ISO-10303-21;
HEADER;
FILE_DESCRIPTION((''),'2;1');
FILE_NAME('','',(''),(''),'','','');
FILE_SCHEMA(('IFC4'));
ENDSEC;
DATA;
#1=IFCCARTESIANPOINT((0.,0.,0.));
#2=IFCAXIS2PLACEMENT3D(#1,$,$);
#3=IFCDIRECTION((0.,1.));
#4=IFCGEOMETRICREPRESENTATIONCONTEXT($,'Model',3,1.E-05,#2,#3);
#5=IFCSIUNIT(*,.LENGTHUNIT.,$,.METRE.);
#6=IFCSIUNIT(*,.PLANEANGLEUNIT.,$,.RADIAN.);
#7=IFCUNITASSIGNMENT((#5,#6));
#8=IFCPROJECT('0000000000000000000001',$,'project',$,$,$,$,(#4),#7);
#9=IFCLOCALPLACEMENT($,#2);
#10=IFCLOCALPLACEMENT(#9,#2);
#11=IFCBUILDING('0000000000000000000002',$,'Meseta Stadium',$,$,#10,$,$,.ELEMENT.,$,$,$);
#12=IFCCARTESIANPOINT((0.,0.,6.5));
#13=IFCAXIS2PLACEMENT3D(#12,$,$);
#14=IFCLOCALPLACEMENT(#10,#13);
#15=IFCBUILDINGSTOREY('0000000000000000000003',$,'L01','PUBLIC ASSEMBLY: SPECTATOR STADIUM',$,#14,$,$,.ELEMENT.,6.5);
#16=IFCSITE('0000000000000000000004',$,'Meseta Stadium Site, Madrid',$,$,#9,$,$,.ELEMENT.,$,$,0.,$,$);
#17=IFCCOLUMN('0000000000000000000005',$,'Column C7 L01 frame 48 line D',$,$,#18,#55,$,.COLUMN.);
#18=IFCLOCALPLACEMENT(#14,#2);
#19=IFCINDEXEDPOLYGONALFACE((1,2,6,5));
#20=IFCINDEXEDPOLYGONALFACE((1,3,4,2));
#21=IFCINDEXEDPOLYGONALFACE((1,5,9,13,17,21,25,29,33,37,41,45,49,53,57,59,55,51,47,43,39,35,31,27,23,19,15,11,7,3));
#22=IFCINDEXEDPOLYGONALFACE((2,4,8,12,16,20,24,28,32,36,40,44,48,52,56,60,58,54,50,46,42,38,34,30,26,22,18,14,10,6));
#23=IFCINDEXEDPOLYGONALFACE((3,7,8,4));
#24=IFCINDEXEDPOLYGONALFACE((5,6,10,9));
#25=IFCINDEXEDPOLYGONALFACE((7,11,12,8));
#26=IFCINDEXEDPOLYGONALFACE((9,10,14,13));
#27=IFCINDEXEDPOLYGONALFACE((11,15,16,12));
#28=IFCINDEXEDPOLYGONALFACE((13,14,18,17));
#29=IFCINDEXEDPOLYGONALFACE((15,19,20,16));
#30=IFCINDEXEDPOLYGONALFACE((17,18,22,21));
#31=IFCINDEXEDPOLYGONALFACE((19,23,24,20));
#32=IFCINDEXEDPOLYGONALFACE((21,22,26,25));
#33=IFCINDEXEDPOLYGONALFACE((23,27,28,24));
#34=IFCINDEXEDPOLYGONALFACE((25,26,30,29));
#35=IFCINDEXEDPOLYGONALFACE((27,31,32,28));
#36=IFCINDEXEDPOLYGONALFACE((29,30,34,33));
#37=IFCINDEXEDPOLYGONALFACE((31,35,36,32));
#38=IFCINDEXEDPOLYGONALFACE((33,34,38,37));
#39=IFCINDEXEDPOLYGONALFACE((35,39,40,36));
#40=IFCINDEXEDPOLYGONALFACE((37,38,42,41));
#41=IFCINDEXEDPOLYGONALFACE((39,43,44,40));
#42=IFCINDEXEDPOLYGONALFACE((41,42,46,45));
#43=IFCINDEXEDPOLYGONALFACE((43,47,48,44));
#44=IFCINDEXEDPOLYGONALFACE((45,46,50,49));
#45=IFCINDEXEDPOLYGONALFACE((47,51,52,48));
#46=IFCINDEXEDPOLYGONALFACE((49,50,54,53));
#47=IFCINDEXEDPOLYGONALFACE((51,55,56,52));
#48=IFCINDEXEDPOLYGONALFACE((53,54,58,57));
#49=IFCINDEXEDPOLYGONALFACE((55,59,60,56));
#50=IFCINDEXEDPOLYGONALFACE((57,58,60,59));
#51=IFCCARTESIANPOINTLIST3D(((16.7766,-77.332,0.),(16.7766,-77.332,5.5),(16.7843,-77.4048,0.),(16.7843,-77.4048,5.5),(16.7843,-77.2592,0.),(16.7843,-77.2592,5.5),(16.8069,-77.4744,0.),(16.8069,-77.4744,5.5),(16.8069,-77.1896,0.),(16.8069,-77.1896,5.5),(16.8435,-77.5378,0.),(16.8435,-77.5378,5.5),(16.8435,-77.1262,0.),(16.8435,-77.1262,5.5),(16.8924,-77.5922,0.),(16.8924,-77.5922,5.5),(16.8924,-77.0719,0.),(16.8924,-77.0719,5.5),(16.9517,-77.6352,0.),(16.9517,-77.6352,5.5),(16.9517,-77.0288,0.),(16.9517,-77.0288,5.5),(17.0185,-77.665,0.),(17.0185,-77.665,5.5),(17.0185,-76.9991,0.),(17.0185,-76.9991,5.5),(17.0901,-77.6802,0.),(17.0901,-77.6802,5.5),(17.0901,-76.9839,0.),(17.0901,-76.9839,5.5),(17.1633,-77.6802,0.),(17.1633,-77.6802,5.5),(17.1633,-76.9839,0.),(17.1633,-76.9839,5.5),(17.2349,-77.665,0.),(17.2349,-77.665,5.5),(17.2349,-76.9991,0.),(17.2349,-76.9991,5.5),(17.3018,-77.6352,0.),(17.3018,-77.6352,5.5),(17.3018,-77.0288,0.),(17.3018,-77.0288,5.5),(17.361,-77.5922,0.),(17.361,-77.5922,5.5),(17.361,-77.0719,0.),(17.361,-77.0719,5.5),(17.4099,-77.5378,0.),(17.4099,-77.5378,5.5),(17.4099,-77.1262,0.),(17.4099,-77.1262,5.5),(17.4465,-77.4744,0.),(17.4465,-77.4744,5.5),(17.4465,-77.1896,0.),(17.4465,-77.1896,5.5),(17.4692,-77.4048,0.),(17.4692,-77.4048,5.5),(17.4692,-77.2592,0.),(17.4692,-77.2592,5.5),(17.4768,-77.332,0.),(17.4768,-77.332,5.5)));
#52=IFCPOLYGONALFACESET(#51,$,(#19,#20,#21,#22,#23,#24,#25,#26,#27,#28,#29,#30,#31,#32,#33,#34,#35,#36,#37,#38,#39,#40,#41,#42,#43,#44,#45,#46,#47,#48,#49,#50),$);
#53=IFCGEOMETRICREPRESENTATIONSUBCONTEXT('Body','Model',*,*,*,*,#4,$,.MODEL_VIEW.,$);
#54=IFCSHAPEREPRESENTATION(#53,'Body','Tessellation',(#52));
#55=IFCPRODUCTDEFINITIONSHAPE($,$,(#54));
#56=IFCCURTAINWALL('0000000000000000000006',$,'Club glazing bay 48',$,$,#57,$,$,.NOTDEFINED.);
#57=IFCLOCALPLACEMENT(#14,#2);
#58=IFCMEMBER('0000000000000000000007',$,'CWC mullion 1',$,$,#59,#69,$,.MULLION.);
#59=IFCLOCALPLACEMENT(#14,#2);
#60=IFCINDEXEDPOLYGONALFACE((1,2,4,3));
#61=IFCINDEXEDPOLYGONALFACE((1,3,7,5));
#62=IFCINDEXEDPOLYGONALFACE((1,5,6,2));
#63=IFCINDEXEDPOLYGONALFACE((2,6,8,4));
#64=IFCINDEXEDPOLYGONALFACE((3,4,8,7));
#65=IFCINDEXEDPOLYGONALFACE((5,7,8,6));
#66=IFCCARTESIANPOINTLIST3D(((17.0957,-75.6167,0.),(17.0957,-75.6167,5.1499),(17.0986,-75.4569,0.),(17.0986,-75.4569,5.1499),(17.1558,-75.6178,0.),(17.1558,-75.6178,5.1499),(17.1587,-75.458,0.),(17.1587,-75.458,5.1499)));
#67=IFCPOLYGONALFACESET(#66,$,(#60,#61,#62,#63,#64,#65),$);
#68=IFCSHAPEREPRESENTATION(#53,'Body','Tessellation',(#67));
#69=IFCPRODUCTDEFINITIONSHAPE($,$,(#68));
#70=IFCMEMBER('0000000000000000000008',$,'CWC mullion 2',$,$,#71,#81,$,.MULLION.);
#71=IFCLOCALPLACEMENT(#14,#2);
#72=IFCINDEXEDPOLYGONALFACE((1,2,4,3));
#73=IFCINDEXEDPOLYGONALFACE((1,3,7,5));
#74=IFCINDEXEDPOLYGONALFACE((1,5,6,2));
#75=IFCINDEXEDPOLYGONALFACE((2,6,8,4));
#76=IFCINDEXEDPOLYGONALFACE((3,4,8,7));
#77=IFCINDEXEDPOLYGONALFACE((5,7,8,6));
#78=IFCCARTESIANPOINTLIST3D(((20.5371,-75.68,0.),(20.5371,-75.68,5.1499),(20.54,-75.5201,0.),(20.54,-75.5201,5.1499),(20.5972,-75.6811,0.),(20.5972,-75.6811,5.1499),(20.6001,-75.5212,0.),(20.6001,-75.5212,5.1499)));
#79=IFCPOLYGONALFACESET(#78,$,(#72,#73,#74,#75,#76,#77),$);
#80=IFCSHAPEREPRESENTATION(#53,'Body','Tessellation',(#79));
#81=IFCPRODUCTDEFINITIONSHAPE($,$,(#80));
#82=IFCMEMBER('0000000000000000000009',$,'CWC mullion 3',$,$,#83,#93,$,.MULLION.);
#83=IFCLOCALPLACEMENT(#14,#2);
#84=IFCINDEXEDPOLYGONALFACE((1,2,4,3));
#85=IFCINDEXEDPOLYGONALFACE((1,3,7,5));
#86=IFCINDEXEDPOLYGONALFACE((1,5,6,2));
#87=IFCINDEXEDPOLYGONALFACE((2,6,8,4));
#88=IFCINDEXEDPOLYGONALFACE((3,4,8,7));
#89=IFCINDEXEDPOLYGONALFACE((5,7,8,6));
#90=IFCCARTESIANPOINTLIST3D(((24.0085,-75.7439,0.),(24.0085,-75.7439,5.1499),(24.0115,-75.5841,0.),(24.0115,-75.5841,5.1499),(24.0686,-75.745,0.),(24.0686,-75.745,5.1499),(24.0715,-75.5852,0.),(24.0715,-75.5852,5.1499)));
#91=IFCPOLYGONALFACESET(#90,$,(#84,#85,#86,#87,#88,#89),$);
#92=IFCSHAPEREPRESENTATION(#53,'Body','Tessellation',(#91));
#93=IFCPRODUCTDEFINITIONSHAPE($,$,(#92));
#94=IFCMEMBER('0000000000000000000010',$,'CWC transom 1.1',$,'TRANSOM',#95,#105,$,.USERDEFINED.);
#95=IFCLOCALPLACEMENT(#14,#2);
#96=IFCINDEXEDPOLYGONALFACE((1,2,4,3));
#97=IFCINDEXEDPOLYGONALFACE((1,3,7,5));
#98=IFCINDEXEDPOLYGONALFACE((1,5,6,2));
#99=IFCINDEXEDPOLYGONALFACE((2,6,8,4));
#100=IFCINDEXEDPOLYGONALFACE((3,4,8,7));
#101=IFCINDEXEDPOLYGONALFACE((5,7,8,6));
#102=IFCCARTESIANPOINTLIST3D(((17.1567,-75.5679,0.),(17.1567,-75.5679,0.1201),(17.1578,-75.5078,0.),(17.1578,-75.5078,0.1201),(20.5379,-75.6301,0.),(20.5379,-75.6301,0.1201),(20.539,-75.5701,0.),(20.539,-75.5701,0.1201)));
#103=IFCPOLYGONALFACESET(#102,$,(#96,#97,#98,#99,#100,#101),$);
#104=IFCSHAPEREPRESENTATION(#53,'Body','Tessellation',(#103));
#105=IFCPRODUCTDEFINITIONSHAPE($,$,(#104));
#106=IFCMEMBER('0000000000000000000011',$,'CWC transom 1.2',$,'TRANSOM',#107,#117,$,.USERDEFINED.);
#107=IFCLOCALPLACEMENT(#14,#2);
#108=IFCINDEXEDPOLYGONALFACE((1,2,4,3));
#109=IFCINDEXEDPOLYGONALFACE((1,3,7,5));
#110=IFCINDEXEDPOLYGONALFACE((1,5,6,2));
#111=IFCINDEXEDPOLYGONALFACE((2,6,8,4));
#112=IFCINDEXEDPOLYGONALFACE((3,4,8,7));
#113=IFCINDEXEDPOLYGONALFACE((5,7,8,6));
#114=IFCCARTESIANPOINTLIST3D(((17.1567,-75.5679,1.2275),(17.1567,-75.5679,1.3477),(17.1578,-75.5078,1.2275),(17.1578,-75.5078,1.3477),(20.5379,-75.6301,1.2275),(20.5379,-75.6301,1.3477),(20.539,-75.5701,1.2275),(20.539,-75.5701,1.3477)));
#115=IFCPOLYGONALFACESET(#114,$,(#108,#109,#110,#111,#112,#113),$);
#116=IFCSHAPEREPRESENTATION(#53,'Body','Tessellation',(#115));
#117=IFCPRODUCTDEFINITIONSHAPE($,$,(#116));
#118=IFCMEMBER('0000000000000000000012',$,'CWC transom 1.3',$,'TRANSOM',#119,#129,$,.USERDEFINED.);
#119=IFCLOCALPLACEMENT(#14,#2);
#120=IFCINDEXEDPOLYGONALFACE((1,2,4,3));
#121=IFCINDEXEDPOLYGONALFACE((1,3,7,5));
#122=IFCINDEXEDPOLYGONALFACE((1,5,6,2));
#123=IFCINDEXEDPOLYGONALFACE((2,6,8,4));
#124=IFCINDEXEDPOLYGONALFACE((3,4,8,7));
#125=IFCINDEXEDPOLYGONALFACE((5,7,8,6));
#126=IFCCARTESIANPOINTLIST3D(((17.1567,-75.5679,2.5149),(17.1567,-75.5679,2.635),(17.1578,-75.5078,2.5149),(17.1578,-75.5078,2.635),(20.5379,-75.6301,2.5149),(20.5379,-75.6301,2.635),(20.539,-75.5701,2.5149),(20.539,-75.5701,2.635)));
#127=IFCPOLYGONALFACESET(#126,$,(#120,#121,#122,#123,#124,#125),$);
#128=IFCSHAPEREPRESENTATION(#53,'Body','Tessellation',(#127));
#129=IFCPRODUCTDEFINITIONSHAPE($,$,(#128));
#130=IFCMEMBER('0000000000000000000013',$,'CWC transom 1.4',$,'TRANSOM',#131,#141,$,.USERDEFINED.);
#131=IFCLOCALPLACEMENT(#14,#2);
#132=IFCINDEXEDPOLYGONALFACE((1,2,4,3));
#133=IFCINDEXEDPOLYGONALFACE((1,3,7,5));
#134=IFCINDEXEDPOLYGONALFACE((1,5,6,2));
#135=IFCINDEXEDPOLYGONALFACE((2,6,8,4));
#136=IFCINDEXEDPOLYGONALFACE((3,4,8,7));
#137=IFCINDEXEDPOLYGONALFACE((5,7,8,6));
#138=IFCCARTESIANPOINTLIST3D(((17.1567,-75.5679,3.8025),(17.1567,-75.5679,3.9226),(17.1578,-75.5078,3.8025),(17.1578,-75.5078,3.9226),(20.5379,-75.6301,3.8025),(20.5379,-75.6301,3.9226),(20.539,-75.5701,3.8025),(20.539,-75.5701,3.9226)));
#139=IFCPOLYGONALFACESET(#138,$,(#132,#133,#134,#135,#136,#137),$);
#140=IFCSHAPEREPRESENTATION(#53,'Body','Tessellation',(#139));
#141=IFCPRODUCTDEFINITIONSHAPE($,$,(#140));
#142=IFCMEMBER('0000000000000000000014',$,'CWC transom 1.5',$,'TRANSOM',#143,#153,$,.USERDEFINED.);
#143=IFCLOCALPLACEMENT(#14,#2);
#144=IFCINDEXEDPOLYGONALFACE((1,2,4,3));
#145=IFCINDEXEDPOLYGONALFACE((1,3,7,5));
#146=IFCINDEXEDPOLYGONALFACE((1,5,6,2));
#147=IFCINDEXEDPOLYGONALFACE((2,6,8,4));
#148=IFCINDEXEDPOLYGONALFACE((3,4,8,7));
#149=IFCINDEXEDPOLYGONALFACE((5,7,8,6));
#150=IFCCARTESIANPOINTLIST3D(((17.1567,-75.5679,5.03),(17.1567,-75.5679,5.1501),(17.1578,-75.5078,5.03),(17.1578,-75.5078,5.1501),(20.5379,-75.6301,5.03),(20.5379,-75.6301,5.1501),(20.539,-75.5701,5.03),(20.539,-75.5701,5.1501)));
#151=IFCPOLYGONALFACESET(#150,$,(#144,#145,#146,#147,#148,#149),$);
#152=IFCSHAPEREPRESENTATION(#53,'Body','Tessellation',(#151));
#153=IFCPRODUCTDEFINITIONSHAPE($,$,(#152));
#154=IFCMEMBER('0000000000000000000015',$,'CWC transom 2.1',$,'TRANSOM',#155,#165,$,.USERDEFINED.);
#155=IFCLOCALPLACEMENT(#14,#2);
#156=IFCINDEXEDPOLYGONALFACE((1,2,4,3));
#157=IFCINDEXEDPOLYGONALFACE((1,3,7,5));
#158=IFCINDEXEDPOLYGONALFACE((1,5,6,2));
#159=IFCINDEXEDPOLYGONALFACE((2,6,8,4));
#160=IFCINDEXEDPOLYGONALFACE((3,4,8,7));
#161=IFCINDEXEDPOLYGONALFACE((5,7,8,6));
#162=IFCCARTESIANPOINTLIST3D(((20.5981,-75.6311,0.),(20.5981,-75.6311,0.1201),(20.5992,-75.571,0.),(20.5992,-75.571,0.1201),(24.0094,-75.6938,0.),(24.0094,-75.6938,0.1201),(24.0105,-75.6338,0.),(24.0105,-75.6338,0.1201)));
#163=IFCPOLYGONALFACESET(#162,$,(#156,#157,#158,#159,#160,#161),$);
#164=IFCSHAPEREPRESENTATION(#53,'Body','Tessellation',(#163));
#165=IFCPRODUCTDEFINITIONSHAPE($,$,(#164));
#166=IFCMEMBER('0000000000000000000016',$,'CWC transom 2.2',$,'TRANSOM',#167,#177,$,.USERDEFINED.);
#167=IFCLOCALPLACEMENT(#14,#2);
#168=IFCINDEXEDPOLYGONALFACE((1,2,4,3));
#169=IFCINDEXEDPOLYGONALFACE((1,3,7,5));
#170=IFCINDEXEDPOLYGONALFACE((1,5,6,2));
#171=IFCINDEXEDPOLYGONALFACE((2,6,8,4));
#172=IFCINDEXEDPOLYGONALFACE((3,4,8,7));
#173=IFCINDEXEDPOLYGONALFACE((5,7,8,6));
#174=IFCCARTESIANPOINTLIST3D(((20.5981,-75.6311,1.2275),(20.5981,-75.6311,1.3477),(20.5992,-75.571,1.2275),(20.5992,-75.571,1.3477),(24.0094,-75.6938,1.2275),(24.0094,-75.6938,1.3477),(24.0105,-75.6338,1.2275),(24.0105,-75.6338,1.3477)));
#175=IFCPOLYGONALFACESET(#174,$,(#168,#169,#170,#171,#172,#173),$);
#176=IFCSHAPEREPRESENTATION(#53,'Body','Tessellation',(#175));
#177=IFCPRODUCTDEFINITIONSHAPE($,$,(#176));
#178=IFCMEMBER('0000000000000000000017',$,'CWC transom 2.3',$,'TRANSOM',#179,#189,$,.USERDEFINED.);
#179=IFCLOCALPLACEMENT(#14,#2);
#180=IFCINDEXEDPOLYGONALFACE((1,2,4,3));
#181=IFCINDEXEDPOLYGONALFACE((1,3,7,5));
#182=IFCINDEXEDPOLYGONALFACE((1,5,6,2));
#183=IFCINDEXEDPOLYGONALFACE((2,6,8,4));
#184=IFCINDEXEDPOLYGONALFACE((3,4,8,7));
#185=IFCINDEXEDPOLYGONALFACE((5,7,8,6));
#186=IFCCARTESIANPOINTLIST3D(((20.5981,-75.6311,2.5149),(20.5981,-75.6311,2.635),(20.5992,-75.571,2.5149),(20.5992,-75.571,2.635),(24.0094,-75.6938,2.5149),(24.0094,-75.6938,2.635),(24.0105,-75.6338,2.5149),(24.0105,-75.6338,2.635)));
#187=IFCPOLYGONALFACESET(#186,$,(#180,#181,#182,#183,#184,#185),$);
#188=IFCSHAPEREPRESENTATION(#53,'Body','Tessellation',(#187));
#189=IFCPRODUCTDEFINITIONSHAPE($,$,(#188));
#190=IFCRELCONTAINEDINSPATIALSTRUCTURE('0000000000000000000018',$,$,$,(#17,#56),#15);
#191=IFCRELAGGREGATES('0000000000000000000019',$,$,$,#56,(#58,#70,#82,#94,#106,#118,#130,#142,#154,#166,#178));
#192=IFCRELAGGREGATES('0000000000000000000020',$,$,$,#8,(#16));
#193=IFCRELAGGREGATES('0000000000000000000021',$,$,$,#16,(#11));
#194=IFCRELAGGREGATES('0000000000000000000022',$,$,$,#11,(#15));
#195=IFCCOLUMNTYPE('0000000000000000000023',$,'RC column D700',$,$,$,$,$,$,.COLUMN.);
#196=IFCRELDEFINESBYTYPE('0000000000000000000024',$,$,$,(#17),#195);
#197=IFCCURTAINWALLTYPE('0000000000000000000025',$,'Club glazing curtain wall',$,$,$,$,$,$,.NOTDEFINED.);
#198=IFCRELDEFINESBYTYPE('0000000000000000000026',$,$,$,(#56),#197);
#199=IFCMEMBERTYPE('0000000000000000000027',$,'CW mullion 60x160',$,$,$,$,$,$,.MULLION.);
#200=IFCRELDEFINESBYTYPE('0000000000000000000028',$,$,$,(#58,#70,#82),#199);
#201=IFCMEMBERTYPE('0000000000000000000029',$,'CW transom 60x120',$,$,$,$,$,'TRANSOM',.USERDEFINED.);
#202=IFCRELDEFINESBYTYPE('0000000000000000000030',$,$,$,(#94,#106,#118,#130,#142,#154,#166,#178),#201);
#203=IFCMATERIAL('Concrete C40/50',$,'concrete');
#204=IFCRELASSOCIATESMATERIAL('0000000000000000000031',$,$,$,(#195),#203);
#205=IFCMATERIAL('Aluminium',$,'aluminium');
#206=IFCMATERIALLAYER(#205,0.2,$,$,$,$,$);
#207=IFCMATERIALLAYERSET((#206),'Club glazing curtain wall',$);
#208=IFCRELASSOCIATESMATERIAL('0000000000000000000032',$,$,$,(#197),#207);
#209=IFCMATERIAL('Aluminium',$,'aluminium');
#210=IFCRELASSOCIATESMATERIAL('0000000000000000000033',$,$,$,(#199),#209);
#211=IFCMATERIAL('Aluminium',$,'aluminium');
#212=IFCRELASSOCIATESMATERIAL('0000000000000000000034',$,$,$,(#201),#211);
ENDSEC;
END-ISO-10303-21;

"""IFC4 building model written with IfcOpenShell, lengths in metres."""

from ifc_helpers import new_model, si_unit, direction, frame, origin, origin_2d, place, context, subcontext, project, spatial, rectangle, circle, extrude, material, layer, layer_set, material_profile, profile_set, type_object, element, aggregate, save


model = new_model("IFC4")

# Units and contexts
model_context = context("Model", 3, precision=1e-05, world=origin(), true_north=direction((0.0, 1.0)))
body_context = subcontext(model_context, "Body", "Model", "MODEL_VIEW")
ifc_project = project(units=[si_unit("LENGTHUNIT", "METRE"), si_unit("PLANEANGLEUNIT", "RADIAN")], contexts=[model_context])

# Site, building, storey
site_placement = place(None, origin())
site = spatial("IfcSite", under=ifc_project, at=site_placement, Name="Meseta Stadium Site, Madrid", CompositionType="ELEMENT", RefElevation=0.0)
building_placement = place(site_placement, origin())
building = spatial("IfcBuilding", under=site, at=building_placement, Name="Meseta Stadium", CompositionType="ELEMENT")
storey_placement = place(building_placement, frame((0.0, 0.0, 6.5)))
storey = spatial("IfcBuildingStorey", under=building, at=storey_placement, Name="L01", Description="PUBLIC ASSEMBLY: SPECTATOR STADIUM", CompositionType="ELEMENT", Elevation=6.5)

# Column
ifc_material_1 = material(Name="Concrete C40/50", Category="concrete")
ifc_material_profile_1 = material_profile(ifc_material_1, circle(Radius=0.3501, at=origin_2d()), Name="RC D700")
ifc_profile_set_1 = profile_set([ifc_material_profile_1], Name="Concrete C40/50")
column_type = type_object("IfcColumnType", Name="RC column D700", PredefinedType="COLUMN", material=ifc_profile_set_1)
column_placement = place(storey_placement, frame((17.1267, -77.332, 0.0), z_axis=(0.0, 0.0, 1.0), x_axis=(1.0, 0.0, 0.0)))
element("IfcColumn", 1, at=column_placement, inside=storey, type_object=column_type, Name="Column C7 L01 frame 48 line D", PredefinedType="COLUMN", context=body_context, shape_type="SweptSolid", body=[
    extrude(circle(Radius=0.3501, at=origin_2d()), origin(), (0.0, 0.0, 1.0), 5.5),
])

# Curtain wall, members
ifc_material_2 = material(Name="Aluminium", Category="aluminium")
ifc_layer_1 = layer(ifc_material_2, 0.2)
ifc_layer_set_1 = layer_set([ifc_layer_1], Name="Club glazing curtain wall")
curtain_wall_type = type_object("IfcCurtainWallType", Name="Club glazing curtain wall", PredefinedType="NOTDEFINED", material=ifc_layer_set_1)
curtain_wall_placement = place(storey_placement, origin())
curtain_wall = element("IfcCurtainWall", 2, at=curtain_wall_placement, inside=storey, type_object=curtain_wall_type, Name="Club glazing bay 48", PredefinedType="NOTDEFINED")
ifc_material_3 = material(Name="Aluminium", Category="aluminium")
ifc_material_profile_2 = material_profile(ifc_material_3, rectangle(XDim=0.1599, YDim=0.0601, at=origin_2d()), Name="CW 160x60")
ifc_profile_set_2 = profile_set([ifc_material_profile_2], Name="Aluminium")
member_type_1 = type_object("IfcMemberType", Name="CW mullion 60x160", PredefinedType="MULLION", material=ifc_profile_set_2)
member_1_placement = place(storey_placement, frame((17.1272, -75.5374, 0.0), z_axis=(0.0, 0.0, 1.0), x_axis=(0.018384, 0.999831, 0.0)))
member_1 = element("IfcMember", 3, at=member_1_placement, type_object=member_type_1, Name="CWC mullion 1", PredefinedType="MULLION", context=body_context, shape_type="SweptSolid", body=[
    extrude(rectangle(XDim=0.1599, YDim=0.0601, at=origin_2d()), origin(), (0.0, 0.0, 1.0), 5.1499),
])
member_2_placement = place(storey_placement, frame((20.5686, -75.6006, 0.0), z_axis=(0.0, 0.0, 1.0), x_axis=(0.018384, 0.999831, 0.0)))
member_2 = element("IfcMember", 4, at=member_2_placement, type_object=member_type_1, Name="CWC mullion 2", PredefinedType="MULLION", context=body_context, shape_type="SweptSolid", body=[
    extrude(rectangle(XDim=0.1599, YDim=0.0601, at=origin_2d()), origin(), (0.0, 0.0, 1.0), 5.1499),
])
member_3_placement = place(storey_placement, frame((24.04, -75.6646, 0.0), z_axis=(0.0, 0.0, 1.0), x_axis=(0.018384, 0.999831, 0.0)))
member_3 = element("IfcMember", 5, at=member_3_placement, type_object=member_type_1, Name="CWC mullion 3", PredefinedType="MULLION", context=body_context, shape_type="SweptSolid", body=[
    extrude(rectangle(XDim=0.1599, YDim=0.0601, at=origin_2d()), origin(), (0.0, 0.0, 1.0), 5.1499),
])
ifc_material_4 = material(Name="Aluminium", Category="aluminium")
ifc_material_profile_3 = material_profile(ifc_material_4, rectangle(XDim=0.0601, YDim=0.1201, at=origin_2d()), Name="CW 60x120")
ifc_profile_set_3 = profile_set([ifc_material_profile_3], Name="Aluminium")
member_type_2 = type_object("IfcMemberType", Name="CW transom 60x120", ElementType="TRANSOM", PredefinedType="USERDEFINED", material=ifc_profile_set_3)
member_4_placement = place(storey_placement, frame((17.1572, -75.5378, 0.0601), z_axis=(0.999831, -0.018408, 0.0), x_axis=(0.018408, 0.999831, 0.0)))
member_4 = element("IfcMember", 6, at=member_4_placement, type_object=member_type_2, Name="CWC transom 1.1", ObjectType="TRANSOM", PredefinedType="USERDEFINED", context=body_context, shape_type="SweptSolid", body=[
    extrude(rectangle(XDim=0.0601, YDim=0.1201, at=origin_2d()), origin(), (0.0, 0.0, 1.0), 3.3818),
])
member_5_placement = place(storey_placement, frame((17.1572, -75.5378, 1.2876), z_axis=(0.999831, -0.018408, 0.0), x_axis=(0.018408, 0.999831, 0.0)))
member_5 = element("IfcMember", 7, at=member_5_placement, type_object=member_type_2, Name="CWC transom 1.2", ObjectType="TRANSOM", PredefinedType="USERDEFINED", context=body_context, shape_type="SweptSolid", body=[
    extrude(rectangle(XDim=0.0601, YDim=0.1201, at=origin_2d()), origin(), (0.0, 0.0, 1.0), 3.3818),
])
member_6_placement = place(storey_placement, frame((17.1572, -75.5378, 2.575), z_axis=(0.999831, -0.018408, 0.0), x_axis=(0.018408, 0.999831, 0.0)))
member_6 = element("IfcMember", 8, at=member_6_placement, type_object=member_type_2, Name="CWC transom 1.3", ObjectType="TRANSOM", PredefinedType="USERDEFINED", context=body_context, shape_type="SweptSolid", body=[
    extrude(rectangle(XDim=0.0601, YDim=0.1201, at=origin_2d()), origin(), (0.0, 0.0, 1.0), 3.3818),
])
member_7_placement = place(storey_placement, frame((17.1572, -75.5378, 3.8625), z_axis=(0.999831, -0.018408, 0.0), x_axis=(0.018408, 0.999831, 0.0)))
member_7 = element("IfcMember", 9, at=member_7_placement, type_object=member_type_2, Name="CWC transom 1.4", ObjectType="TRANSOM", PredefinedType="USERDEFINED", context=body_context, shape_type="SweptSolid", body=[
    extrude(rectangle(XDim=0.0601, YDim=0.1201, at=origin_2d()), origin(), (0.0, 0.0, 1.0), 3.3818),
])
member_8_placement = place(storey_placement, frame((17.1572, -75.5378, 5.0901), z_axis=(0.999831, -0.018408, 0.0), x_axis=(0.018408, 0.999831, 0.0)))
member_8 = element("IfcMember", 10, at=member_8_placement, type_object=member_type_2, Name="CWC transom 1.5", ObjectType="TRANSOM", PredefinedType="USERDEFINED", context=body_context, shape_type="SweptSolid", body=[
    extrude(rectangle(XDim=0.0601, YDim=0.1201, at=origin_2d()), origin(), (0.0, 0.0, 1.0), 3.3818),
])
member_9_placement = place(storey_placement, frame((20.5986, -75.6011, 0.0601), z_axis=(0.999831, -0.01839, 0.0), x_axis=(0.01839, 0.999831, 0.0)))
member_9 = element("IfcMember", 11, at=member_9_placement, type_object=member_type_2, Name="CWC transom 2.1", ObjectType="TRANSOM", PredefinedType="USERDEFINED", context=body_context, shape_type="SweptSolid", body=[
    extrude(rectangle(XDim=0.0601, YDim=0.1201, at=origin_2d()), origin(), (0.0, 0.0, 1.0), 3.4119),
])
member_10_placement = place(storey_placement, frame((20.5986, -75.6011, 1.2876), z_axis=(0.999831, -0.01839, 0.0), x_axis=(0.01839, 0.999831, 0.0)))
member_10 = element("IfcMember", 12, at=member_10_placement, type_object=member_type_2, Name="CWC transom 2.2", ObjectType="TRANSOM", PredefinedType="USERDEFINED", context=body_context, shape_type="SweptSolid", body=[
    extrude(rectangle(XDim=0.0601, YDim=0.1201, at=origin_2d()), origin(), (0.0, 0.0, 1.0), 3.4119),
])
member_11_placement = place(storey_placement, frame((20.5986, -75.6011, 2.575), z_axis=(0.999831, -0.01839, 0.0), x_axis=(0.01839, 0.999831, 0.0)))
member_11 = element("IfcMember", 13, at=member_11_placement, type_object=member_type_2, Name="CWC transom 2.3", ObjectType="TRANSOM", PredefinedType="USERDEFINED", context=body_context, shape_type="SweptSolid", body=[
    extrude(rectangle(XDim=0.0601, YDim=0.1201, at=origin_2d()), origin(), (0.0, 0.0, 1.0), 3.4119),
])

aggregate(curtain_wall, [member_1, member_2, member_3, member_4, member_5, member_6, member_7, member_8, member_9, member_10, member_11])

save(model, "model.ifc")
